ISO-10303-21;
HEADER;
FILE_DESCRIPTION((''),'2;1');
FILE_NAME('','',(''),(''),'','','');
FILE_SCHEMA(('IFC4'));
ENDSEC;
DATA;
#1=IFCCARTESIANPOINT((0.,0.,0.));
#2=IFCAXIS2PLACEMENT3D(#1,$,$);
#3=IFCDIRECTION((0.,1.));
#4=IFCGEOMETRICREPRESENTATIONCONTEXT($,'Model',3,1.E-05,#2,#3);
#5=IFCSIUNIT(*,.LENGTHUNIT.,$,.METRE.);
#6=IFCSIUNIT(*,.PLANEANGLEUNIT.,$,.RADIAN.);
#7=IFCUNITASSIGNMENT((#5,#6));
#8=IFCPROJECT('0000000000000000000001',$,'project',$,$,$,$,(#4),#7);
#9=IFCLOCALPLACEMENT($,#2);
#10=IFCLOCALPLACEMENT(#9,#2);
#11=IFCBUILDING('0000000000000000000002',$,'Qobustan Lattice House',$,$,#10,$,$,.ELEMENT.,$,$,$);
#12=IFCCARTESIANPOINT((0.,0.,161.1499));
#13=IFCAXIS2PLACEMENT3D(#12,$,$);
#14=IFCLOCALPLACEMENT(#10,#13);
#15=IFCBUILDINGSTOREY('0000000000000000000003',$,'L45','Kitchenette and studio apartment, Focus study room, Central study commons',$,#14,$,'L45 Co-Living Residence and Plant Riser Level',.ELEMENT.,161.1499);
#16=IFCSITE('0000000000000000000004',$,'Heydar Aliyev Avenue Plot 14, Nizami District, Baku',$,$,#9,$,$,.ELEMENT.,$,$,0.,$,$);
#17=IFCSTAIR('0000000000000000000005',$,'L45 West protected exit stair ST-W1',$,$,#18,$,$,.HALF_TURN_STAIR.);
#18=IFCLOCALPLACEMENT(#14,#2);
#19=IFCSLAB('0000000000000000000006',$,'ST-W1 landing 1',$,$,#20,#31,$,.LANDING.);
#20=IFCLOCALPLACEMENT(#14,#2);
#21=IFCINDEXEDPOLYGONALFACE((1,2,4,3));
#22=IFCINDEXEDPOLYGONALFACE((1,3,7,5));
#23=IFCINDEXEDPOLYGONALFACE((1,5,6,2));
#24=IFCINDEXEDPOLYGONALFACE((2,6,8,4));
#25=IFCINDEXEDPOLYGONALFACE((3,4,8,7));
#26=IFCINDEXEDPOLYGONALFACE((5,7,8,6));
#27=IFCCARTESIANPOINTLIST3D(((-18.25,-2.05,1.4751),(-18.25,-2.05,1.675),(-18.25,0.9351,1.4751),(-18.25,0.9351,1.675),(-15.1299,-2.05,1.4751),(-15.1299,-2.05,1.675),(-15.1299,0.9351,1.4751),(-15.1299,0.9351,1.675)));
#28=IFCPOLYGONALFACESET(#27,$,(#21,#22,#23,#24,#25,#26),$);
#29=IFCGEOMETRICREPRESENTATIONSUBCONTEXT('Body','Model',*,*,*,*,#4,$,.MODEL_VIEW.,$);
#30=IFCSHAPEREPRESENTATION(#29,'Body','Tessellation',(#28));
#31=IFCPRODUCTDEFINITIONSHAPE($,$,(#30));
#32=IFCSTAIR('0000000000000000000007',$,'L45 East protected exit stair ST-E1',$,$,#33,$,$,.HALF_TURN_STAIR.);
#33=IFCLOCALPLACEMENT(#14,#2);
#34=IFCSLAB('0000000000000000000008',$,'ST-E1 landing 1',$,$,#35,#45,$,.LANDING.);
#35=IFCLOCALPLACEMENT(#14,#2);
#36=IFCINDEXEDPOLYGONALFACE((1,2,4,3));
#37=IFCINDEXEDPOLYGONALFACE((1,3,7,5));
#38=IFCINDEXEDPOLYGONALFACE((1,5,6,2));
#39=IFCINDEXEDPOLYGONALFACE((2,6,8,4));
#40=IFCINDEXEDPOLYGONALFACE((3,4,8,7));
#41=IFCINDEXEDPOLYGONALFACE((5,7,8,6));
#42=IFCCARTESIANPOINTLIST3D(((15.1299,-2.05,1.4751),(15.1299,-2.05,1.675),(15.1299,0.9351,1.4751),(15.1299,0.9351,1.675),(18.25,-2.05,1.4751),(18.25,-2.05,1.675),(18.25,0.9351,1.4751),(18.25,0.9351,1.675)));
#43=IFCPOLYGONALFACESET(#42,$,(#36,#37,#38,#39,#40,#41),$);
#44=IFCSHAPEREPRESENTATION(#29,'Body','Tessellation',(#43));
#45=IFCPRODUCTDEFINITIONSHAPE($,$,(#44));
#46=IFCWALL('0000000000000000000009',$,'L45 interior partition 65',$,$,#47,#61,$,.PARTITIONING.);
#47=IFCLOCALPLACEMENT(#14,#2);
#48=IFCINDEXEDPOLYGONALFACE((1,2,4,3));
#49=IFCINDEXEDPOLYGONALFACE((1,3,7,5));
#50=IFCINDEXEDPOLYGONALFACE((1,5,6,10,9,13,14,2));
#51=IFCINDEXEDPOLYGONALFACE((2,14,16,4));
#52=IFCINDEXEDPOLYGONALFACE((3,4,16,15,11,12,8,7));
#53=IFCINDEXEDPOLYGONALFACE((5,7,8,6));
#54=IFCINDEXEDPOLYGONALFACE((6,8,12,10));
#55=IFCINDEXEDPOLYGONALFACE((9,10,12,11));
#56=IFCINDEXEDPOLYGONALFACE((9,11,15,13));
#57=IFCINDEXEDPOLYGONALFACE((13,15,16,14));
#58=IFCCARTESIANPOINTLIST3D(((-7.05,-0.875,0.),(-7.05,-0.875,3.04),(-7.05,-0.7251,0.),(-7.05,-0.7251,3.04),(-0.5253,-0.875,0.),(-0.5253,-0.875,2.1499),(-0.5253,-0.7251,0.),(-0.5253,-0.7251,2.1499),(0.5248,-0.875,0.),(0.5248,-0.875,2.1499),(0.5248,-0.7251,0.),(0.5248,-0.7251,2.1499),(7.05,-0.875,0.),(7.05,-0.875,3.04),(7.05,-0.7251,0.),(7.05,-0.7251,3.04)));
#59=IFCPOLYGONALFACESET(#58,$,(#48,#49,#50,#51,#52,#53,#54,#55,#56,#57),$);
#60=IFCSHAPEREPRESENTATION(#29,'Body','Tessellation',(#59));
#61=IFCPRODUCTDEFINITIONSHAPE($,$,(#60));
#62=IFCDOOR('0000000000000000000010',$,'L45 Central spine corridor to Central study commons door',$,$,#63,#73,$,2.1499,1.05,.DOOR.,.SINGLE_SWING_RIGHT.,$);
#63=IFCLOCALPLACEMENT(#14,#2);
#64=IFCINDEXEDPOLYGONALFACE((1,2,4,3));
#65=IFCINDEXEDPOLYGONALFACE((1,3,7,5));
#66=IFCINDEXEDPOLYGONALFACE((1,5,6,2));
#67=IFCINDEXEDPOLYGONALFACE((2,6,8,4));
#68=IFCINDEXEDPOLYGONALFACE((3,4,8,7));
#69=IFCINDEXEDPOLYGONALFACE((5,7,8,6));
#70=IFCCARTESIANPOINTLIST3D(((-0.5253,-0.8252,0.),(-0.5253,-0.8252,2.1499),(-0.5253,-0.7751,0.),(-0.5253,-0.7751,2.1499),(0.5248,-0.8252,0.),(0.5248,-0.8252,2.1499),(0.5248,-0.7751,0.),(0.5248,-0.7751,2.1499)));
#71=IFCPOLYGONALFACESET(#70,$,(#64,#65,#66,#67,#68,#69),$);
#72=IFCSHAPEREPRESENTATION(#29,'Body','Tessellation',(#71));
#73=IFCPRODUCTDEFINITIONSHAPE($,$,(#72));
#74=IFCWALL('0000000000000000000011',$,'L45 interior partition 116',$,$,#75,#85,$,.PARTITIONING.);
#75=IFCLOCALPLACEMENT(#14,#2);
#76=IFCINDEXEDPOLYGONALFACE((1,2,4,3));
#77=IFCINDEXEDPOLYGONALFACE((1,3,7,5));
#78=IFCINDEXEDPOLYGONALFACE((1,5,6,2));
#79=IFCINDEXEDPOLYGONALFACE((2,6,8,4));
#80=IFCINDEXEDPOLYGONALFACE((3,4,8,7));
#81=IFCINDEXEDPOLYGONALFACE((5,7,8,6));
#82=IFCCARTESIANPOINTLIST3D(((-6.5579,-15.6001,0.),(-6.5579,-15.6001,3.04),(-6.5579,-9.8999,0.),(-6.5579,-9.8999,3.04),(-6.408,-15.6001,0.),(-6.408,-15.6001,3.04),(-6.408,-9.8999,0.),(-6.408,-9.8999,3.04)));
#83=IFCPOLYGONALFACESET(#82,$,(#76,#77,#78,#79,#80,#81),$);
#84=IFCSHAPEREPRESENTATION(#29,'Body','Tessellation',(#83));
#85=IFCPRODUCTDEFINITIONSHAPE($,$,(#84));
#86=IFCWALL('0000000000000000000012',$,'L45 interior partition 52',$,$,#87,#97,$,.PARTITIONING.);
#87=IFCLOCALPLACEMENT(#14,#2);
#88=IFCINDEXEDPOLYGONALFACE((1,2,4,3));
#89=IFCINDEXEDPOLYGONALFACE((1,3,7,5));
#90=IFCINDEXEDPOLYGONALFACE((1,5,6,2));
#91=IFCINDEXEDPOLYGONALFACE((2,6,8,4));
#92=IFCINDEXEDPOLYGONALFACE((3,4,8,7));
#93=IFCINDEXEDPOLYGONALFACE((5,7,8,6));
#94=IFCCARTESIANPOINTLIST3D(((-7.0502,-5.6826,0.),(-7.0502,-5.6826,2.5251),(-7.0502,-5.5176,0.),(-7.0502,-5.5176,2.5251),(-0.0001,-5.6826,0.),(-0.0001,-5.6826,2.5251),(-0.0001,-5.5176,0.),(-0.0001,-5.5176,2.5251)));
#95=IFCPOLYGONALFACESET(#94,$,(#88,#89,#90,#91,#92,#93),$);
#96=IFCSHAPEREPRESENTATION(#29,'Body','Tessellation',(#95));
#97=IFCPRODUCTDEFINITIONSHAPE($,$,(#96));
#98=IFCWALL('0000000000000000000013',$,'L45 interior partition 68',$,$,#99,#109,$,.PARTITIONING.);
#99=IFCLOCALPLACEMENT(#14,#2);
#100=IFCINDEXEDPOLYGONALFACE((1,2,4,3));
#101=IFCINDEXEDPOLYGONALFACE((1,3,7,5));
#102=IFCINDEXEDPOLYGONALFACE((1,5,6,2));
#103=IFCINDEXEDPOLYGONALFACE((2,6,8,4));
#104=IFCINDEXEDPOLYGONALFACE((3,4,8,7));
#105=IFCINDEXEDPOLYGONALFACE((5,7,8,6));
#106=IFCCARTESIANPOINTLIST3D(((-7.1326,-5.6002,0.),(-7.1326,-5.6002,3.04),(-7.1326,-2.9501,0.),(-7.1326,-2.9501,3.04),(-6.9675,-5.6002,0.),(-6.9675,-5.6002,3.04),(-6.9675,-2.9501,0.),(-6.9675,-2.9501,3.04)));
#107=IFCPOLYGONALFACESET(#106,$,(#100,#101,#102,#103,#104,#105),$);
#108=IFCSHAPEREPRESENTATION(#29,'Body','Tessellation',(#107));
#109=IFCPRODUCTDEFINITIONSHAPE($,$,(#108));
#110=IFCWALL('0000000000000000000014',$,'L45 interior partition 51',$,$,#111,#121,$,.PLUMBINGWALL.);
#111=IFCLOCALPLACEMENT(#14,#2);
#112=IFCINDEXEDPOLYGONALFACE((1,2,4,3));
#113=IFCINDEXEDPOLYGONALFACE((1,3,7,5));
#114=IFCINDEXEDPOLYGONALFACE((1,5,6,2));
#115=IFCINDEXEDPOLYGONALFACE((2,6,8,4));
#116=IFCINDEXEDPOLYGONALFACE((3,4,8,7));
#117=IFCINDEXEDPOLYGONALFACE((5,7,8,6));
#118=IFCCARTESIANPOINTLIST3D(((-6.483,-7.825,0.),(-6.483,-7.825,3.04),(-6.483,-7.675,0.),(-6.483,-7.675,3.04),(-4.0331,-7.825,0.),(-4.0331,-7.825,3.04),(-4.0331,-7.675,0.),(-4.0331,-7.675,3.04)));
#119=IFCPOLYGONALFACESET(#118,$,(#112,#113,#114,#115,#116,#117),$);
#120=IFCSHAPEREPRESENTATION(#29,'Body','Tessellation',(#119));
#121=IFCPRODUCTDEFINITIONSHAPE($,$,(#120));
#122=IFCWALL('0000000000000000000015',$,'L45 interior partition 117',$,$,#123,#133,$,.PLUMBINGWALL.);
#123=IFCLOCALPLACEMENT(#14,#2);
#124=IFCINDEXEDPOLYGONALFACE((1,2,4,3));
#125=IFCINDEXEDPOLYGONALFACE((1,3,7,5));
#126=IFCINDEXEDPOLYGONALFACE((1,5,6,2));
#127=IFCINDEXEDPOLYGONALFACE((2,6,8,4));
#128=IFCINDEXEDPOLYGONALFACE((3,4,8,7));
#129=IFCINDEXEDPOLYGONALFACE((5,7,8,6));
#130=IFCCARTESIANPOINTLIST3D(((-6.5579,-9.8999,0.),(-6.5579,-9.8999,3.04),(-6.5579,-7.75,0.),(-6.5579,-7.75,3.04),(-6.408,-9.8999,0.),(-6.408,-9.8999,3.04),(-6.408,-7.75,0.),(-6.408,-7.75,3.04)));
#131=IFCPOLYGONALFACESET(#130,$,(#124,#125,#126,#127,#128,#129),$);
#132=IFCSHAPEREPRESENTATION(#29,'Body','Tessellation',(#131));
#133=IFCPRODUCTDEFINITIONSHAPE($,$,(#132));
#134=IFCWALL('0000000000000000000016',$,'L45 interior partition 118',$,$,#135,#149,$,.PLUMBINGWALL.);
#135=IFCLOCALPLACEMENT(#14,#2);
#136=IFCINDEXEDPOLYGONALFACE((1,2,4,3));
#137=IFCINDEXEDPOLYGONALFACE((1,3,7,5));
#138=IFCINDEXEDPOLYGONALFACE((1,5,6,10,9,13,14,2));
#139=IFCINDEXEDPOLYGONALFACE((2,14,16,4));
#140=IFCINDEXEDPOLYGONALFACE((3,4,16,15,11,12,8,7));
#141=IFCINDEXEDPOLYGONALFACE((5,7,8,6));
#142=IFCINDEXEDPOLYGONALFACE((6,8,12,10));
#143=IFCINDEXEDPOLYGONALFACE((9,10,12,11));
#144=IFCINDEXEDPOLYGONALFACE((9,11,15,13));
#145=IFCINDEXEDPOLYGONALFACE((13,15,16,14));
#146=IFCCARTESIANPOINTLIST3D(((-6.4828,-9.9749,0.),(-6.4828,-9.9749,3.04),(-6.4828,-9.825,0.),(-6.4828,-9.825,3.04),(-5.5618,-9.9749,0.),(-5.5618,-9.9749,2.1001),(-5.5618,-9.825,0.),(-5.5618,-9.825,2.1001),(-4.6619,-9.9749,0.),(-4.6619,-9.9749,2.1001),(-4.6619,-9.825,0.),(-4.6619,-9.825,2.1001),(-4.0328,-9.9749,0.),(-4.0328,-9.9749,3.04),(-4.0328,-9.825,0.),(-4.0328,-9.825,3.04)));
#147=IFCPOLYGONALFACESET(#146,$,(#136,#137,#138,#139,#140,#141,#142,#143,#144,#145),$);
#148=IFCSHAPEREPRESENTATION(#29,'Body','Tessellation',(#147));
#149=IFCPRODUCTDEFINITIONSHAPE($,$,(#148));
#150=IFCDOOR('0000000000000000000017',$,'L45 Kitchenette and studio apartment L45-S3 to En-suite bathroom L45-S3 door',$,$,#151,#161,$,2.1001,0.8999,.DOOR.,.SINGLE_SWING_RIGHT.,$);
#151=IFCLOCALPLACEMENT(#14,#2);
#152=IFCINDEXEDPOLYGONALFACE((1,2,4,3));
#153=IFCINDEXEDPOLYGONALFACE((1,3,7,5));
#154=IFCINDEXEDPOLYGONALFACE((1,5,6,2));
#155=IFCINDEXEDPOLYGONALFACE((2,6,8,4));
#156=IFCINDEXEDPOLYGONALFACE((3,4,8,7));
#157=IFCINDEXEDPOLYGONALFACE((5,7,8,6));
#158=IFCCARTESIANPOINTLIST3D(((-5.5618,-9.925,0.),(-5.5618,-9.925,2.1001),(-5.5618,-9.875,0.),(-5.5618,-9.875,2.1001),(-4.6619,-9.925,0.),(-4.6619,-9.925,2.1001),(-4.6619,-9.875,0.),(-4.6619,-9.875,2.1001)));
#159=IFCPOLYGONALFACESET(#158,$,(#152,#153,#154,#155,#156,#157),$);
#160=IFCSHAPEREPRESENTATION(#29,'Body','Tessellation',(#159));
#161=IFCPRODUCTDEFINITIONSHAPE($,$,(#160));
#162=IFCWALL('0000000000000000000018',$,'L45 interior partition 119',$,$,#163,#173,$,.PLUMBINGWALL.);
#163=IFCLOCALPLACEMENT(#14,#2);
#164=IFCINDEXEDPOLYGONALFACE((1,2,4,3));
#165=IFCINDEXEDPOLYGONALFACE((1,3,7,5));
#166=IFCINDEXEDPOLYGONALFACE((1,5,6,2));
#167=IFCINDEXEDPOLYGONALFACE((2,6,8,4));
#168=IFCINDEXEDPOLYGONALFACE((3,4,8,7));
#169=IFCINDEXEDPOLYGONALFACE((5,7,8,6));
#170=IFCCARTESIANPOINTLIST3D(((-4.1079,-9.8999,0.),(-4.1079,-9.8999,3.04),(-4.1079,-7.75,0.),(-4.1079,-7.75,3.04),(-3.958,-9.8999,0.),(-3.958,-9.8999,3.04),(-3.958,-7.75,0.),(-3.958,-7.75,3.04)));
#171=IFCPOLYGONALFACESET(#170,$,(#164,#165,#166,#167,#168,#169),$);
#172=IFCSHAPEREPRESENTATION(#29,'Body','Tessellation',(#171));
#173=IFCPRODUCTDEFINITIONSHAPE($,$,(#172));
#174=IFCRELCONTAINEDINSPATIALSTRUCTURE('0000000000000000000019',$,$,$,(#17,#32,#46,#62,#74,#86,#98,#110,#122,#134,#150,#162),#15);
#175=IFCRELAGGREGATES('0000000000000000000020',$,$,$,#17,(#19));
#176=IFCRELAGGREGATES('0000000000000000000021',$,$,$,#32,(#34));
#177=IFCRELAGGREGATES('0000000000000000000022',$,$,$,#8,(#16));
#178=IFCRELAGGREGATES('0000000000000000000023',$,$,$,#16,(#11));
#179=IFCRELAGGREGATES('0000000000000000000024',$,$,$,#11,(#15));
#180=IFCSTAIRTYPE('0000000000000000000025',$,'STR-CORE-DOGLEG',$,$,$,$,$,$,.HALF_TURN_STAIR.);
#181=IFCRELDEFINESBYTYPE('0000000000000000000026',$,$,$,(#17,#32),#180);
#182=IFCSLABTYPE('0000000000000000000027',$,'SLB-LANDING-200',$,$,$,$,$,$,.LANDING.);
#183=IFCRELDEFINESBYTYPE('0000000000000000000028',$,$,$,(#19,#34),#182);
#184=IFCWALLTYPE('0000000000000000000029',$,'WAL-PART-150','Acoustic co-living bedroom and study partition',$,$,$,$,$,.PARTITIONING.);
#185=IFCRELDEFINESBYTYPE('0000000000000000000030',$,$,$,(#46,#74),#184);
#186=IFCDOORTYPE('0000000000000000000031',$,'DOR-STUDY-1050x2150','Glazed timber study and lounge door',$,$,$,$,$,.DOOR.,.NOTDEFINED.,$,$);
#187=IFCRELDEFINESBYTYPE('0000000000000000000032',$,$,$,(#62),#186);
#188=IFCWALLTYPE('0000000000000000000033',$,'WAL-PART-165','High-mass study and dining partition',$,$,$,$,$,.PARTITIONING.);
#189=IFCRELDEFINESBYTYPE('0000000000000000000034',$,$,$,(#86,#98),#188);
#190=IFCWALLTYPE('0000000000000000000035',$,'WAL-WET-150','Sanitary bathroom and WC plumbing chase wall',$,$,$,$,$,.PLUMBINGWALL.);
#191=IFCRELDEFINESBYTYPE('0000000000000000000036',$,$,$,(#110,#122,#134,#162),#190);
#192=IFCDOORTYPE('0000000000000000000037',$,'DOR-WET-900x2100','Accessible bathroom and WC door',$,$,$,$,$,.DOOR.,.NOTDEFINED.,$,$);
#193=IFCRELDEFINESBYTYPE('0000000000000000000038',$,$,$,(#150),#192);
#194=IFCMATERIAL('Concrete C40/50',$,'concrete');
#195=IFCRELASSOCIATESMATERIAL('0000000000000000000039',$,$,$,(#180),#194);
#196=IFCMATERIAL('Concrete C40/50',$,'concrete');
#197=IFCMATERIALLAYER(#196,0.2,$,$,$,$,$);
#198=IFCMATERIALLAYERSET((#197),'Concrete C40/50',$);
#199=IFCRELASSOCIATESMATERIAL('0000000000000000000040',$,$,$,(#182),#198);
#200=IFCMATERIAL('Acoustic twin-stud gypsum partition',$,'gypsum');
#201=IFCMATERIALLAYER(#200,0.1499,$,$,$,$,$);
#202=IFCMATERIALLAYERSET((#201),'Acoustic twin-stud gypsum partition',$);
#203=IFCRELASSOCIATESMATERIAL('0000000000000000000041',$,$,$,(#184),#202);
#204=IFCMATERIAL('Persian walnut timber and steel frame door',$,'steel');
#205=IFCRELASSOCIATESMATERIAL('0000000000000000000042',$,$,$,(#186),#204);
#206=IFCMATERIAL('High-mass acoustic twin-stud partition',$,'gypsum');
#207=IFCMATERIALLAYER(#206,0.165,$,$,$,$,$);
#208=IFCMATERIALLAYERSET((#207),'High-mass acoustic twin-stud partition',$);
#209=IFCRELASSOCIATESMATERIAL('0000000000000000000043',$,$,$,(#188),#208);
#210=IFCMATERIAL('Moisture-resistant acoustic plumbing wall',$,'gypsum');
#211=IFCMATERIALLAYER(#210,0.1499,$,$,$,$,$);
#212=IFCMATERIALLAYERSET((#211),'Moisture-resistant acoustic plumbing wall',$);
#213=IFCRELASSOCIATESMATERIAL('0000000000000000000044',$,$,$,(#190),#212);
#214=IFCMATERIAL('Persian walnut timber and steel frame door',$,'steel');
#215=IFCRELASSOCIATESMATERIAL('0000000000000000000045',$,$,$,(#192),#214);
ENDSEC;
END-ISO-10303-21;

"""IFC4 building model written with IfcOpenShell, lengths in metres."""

from ifc_helpers import new_model, si_unit, direction, frame, frame_2d, origin, place, context, subcontext, project, spatial, polyline, rectangle, outline, extrude, material, layer, layer_set, type_object, element, fill, aggregate, save


model = new_model("IFC4")

# Units and contexts
model_context = context("Model", 3, precision=1e-05, world=origin(), true_north=direction((0.0, 1.0)))
body_context = subcontext(model_context, "Body", "Model", "MODEL_VIEW")
ifc_project = project(units=[si_unit("LENGTHUNIT", "METRE"), si_unit("PLANEANGLEUNIT", "RADIAN")], contexts=[model_context])

# Site, building, storey
site_placement = place(None, origin())
site = spatial("IfcSite", under=ifc_project, at=site_placement, Name="Heydar Aliyev Avenue Plot 14, Nizami District, Baku", CompositionType="ELEMENT", RefElevation=0.0)
building_placement = place(site_placement, origin())
building = spatial("IfcBuilding", under=site, at=building_placement, Name="Qobustan Lattice House", CompositionType="ELEMENT")
storey_placement = place(building_placement, frame((0.0, 0.0, 161.1499)))
storey = spatial("IfcBuildingStorey", under=building, at=storey_placement, Name="L45", Description="Kitchenette and studio apartment, Focus study room, Central study commons", LongName="L45 Co-Living Residence and Plant Riser Level", CompositionType="ELEMENT", Elevation=161.1499)

# Stairs, slabs
ifc_material_1 = material(Name="Concrete C40/50", Category="concrete")
stair_type = type_object("IfcStairType", Name="STR-CORE-DOGLEG", PredefinedType="HALF_TURN_STAIR", material=ifc_material_1)
stair_1_placement = place(storey_placement, origin())
stair_1 = element("IfcStair", 1, at=stair_1_placement, inside=storey, type_object=stair_type, Name="L45 West protected exit stair ST-W1", PredefinedType="HALF_TURN_STAIR")
ifc_material_2 = material(Name="Concrete C40/50", Category="concrete")
ifc_layer_1 = layer(ifc_material_2, 0.2)
ifc_layer_set_1 = layer_set([ifc_layer_1], Name="Concrete C40/50")
slab_type_1 = type_object("IfcSlabType", Name="SLB-LANDING-200", PredefinedType="LANDING", material=ifc_layer_set_1)
slab_1_placement = place(storey_placement, frame((0.0, 0.0, 1.4751)))
slab_1 = element("IfcSlab", 2, at=slab_1_placement, type_object=slab_type_1, Name="ST-W1 landing 1", PredefinedType="LANDING", context=body_context, shape_type="SweptSolid", body=[
    extrude(outline(polyline([(-18.25, 0.9351), (-18.25, -2.05), (-15.1299, -2.05), (-15.1299, 0.9351), (-18.25, 0.9351)])), origin(), (0.0, 0.0, 1.0), 0.2),
])
aggregate(stair_1, [slab_1])
stair_2_placement = place(storey_placement, origin())
stair_2 = element("IfcStair", 3, at=stair_2_placement, inside=storey, type_object=stair_type, Name="L45 East protected exit stair ST-E1", PredefinedType="HALF_TURN_STAIR")
slab_2_placement = place(storey_placement, frame((0.0, 0.0, 1.4751)))
slab_2 = element("IfcSlab", 4, at=slab_2_placement, type_object=slab_type_1, Name="ST-E1 landing 1", PredefinedType="LANDING", context=body_context, shape_type="SweptSolid", body=[
    extrude(outline(polyline([(15.1299, 0.9351), (15.1299, -2.05), (18.25, -2.05), (18.25, 0.9351), (15.1299, 0.9351)])), origin(), (0.0, 0.0, 1.0), 0.2),
])
aggregate(stair_2, [slab_2])

# Wall, opening, door
ifc_material_3 = material(Name="Acoustic twin-stud gypsum partition", Category="gypsum")
ifc_layer_2 = layer(ifc_material_3, 0.1499)
ifc_layer_set_2 = layer_set([ifc_layer_2], Name="Acoustic twin-stud gypsum partition")
wall_type_1 = type_object("IfcWallType", Name="WAL-PART-150", Description="Acoustic co-living bedroom and study partition", PredefinedType="PARTITIONING", material=ifc_layer_set_2)
wall_1_placement = place(storey_placement, frame((-7.05, -0.8, 0.0), z_axis=(0.0, 0.0, 1.0), x_axis=(1.0, 0.0, 0.0)))
wall_1 = element("IfcWall", 5, at=wall_1_placement, inside=storey, type_object=wall_type_1, Name="L45 interior partition 65", PredefinedType="PARTITIONING", context=body_context, shape_type="SweptSolid", body=[
    extrude(rectangle(XDim=14.1001, YDim=0.1499, at=frame_2d((7.05, 0.0))), origin(), (0.0, 0.0, 1.0), 3.04),
])
opening_1_placement = place(wall_1_placement, frame((6.5249, 0.0, 0.0)))
opening_1 = element("IfcOpeningElement", 6, at=opening_1_placement, cuts=wall_1, PredefinedType="OPENING", context=body_context, shape_type="SweptSolid", body=[
    extrude(rectangle(XDim=1.05, YDim=2.1499, at=frame_2d((0.5249, 1.075))), frame((0.0, 0.085, 0.0), z_axis=(0.0, -1.0, 0.0), x_axis=(1.0, 0.0, 0.0)), (0.0, 0.0, 1.0), 0.1699),
])
ifc_material_4 = material(Name="Persian walnut timber and steel frame door", Category="steel")
door_type_1 = type_object("IfcDoorType", Name="DOR-STUDY-1050x2150", Description="Glazed timber study and lounge door", OperationType="NOTDEFINED", PredefinedType="DOOR", material=ifc_material_4)
door_1_placement = place(opening_1_placement, origin())
door_1 = element("IfcDoor", 7, at=door_1_placement, inside=storey, type_object=door_type_1, Name="L45 Central spine corridor to Central study commons door", OperationType="SINGLE_SWING_RIGHT", OverallHeight=2.1499, OverallWidth=1.05, PredefinedType="DOOR", context=body_context, shape_type="SweptSolid", body=[
    extrude(rectangle(XDim=1.05, YDim=2.1499, at=frame_2d((0.5249, 1.075))), frame((0.0, 0.0249, 0.0), z_axis=(0.0, -1.0, 0.0), x_axis=(1.0, 0.0, 0.0)), (0.0, 0.0, 1.0), 0.05),
])
fill(opening_1, door_1)

# Walls
wall_2_placement = place(storey_placement, frame((-6.4829, -9.8999, 0.0), z_axis=(0.0, 0.0, 1.0), x_axis=(0.0, -1.0, 0.0)))
element("IfcWall", 8, at=wall_2_placement, inside=storey, type_object=wall_type_1, Name="L45 interior partition 116", PredefinedType="PARTITIONING", context=body_context, shape_type="SweptSolid", body=[
    extrude(rectangle(XDim=5.7002, YDim=0.1499, at=frame_2d((2.8501, 0.0))), origin(), (0.0, 0.0, 1.0), 3.04),
])
ifc_material_5 = material(Name="High-mass acoustic twin-stud partition", Category="gypsum")
ifc_layer_3 = layer(ifc_material_5, 0.165)
ifc_layer_set_3 = layer_set([ifc_layer_3], Name="High-mass acoustic twin-stud partition")
wall_type_2 = type_object("IfcWallType", Name="WAL-PART-165", Description="High-mass study and dining partition", PredefinedType="PARTITIONING", material=ifc_layer_set_3)
wall_3_placement = place(storey_placement, frame((-7.05, -5.6001, 0.0), z_axis=(0.0, 0.0, 1.0), x_axis=(1.0, 0.0, 0.0)))
element("IfcWall", 9, at=wall_3_placement, inside=storey, type_object=wall_type_2, Name="L45 interior partition 52", PredefinedType="PARTITIONING", context=body_context, shape_type="SweptSolid", body=[
    extrude(rectangle(XDim=7.05, YDim=0.165, at=frame_2d((3.5249, 0.0))), origin(), (0.0, 0.0, 1.0), 2.5251),
])
wall_4_placement = place(storey_placement, frame((-7.05, -2.95, 0.0), z_axis=(0.0, 0.0, 1.0), x_axis=(0.0, -1.0, 0.0)))
element("IfcWall", 10, at=wall_4_placement, inside=storey, type_object=wall_type_2, Name="L45 interior partition 68", PredefinedType="PARTITIONING", context=body_context, shape_type="SweptSolid", body=[
    extrude(rectangle(XDim=2.6501, YDim=0.165, at=frame_2d((1.3252, 0.0))), origin(), (0.0, 0.0, 1.0), 3.04),
])
ifc_material_6 = material(Name="Moisture-resistant acoustic plumbing wall", Category="gypsum")
ifc_layer_4 = layer(ifc_material_6, 0.1499)
ifc_layer_set_4 = layer_set([ifc_layer_4], Name="Moisture-resistant acoustic plumbing wall")
wall_type_3 = type_object("IfcWallType", Name="WAL-WET-150", Description="Sanitary bathroom and WC plumbing chase wall", PredefinedType="PLUMBINGWALL", material=ifc_layer_set_4)
wall_5_placement = place(storey_placement, frame((-4.033, -7.75, 0.0), z_axis=(0.0, 0.0, 1.0), x_axis=(-1.0, 0.0, 0.0)))
element("IfcWall", 11, at=wall_5_placement, inside=storey, type_object=wall_type_3, Name="L45 interior partition 51", PredefinedType="PLUMBINGWALL", context=body_context, shape_type="SweptSolid", body=[
    extrude(rectangle(XDim=2.45, YDim=0.1499, at=frame_2d((1.2251, 0.0))), origin(), (0.0, 0.0, 1.0), 3.04),
])
wall_6_placement = place(storey_placement, frame((-6.4829, -7.75, 0.0), z_axis=(0.0, 0.0, 1.0), x_axis=(0.0, -1.0, 0.0)))
element("IfcWall", 12, at=wall_6_placement, inside=storey, type_object=wall_type_3, Name="L45 interior partition 117", PredefinedType="PLUMBINGWALL", context=body_context, shape_type="SweptSolid", body=[
    extrude(rectangle(XDim=2.1499, YDim=0.1499, at=frame_2d((1.075, 0.0))), origin(), (0.0, 0.0, 1.0), 3.04),
])

# Wall, opening, door
wall_7_placement = place(storey_placement, frame((-6.4829, -9.8999, 0.0), z_axis=(0.0, 0.0, 1.0), x_axis=(1.0, 0.0, 0.0)))
wall_7 = element("IfcWall", 13, at=wall_7_placement, inside=storey, type_object=wall_type_3, Name="L45 interior partition 118", PredefinedType="PLUMBINGWALL", context=body_context, shape_type="SweptSolid", body=[
    extrude(rectangle(XDim=2.45, YDim=0.1499, at=frame_2d((1.2251, 0.0))), origin(), (0.0, 0.0, 1.0), 3.04),
])
opening_2_placement = place(wall_7_placement, frame((0.9211, 0.0, 0.0)))
opening_2 = element("IfcOpeningElement", 14, at=opening_2_placement, cuts=wall_7, PredefinedType="OPENING", context=body_context, shape_type="SweptSolid", body=[
    extrude(rectangle(XDim=0.8999, YDim=2.1001, at=frame_2d((0.45, 1.05))), frame((0.0, 0.085, 0.0), z_axis=(0.0, -1.0, 0.0), x_axis=(1.0, 0.0, 0.0)), (0.0, 0.0, 1.0), 0.1699),
])
ifc_material_7 = material(Name="Persian walnut timber and steel frame door", Category="steel")
door_type_2 = type_object("IfcDoorType", Name="DOR-WET-900x2100", Description="Accessible bathroom and WC door", OperationType="NOTDEFINED", PredefinedType="DOOR", material=ifc_material_7)
door_2_placement = place(opening_2_placement, origin())
door_2 = element("IfcDoor", 15, at=door_2_placement, inside=storey, type_object=door_type_2, Name="L45 Kitchenette and studio apartment L45-S3 to En-suite bathroom L45-S3 door", OperationType="SINGLE_SWING_RIGHT", OverallHeight=2.1001, OverallWidth=0.8999, PredefinedType="DOOR", context=body_context, shape_type="SweptSolid", body=[
    extrude(rectangle(XDim=0.8999, YDim=2.1001, at=frame_2d((0.45, 1.05))), frame((0.0, 0.0249, 0.0), z_axis=(0.0, -1.0, 0.0), x_axis=(1.0, 0.0, 0.0)), (0.0, 0.0, 1.0), 0.05),
])
fill(opening_2, door_2)

# Wall
wall_8_placement = place(storey_placement, frame((-4.033, -9.8999, 0.0), z_axis=(0.0, 0.0, 1.0), x_axis=(0.0, 1.0, 0.0)))
element("IfcWall", 16, at=wall_8_placement, inside=storey, type_object=wall_type_3, Name="L45 interior partition 119", PredefinedType="PLUMBINGWALL", context=body_context, shape_type="SweptSolid", body=[
    extrude(rectangle(XDim=2.1499, YDim=0.1499, at=frame_2d((1.075, 0.0))), origin(), (0.0, 0.0, 1.0), 3.04),
])

save(model, "model.ifc")
